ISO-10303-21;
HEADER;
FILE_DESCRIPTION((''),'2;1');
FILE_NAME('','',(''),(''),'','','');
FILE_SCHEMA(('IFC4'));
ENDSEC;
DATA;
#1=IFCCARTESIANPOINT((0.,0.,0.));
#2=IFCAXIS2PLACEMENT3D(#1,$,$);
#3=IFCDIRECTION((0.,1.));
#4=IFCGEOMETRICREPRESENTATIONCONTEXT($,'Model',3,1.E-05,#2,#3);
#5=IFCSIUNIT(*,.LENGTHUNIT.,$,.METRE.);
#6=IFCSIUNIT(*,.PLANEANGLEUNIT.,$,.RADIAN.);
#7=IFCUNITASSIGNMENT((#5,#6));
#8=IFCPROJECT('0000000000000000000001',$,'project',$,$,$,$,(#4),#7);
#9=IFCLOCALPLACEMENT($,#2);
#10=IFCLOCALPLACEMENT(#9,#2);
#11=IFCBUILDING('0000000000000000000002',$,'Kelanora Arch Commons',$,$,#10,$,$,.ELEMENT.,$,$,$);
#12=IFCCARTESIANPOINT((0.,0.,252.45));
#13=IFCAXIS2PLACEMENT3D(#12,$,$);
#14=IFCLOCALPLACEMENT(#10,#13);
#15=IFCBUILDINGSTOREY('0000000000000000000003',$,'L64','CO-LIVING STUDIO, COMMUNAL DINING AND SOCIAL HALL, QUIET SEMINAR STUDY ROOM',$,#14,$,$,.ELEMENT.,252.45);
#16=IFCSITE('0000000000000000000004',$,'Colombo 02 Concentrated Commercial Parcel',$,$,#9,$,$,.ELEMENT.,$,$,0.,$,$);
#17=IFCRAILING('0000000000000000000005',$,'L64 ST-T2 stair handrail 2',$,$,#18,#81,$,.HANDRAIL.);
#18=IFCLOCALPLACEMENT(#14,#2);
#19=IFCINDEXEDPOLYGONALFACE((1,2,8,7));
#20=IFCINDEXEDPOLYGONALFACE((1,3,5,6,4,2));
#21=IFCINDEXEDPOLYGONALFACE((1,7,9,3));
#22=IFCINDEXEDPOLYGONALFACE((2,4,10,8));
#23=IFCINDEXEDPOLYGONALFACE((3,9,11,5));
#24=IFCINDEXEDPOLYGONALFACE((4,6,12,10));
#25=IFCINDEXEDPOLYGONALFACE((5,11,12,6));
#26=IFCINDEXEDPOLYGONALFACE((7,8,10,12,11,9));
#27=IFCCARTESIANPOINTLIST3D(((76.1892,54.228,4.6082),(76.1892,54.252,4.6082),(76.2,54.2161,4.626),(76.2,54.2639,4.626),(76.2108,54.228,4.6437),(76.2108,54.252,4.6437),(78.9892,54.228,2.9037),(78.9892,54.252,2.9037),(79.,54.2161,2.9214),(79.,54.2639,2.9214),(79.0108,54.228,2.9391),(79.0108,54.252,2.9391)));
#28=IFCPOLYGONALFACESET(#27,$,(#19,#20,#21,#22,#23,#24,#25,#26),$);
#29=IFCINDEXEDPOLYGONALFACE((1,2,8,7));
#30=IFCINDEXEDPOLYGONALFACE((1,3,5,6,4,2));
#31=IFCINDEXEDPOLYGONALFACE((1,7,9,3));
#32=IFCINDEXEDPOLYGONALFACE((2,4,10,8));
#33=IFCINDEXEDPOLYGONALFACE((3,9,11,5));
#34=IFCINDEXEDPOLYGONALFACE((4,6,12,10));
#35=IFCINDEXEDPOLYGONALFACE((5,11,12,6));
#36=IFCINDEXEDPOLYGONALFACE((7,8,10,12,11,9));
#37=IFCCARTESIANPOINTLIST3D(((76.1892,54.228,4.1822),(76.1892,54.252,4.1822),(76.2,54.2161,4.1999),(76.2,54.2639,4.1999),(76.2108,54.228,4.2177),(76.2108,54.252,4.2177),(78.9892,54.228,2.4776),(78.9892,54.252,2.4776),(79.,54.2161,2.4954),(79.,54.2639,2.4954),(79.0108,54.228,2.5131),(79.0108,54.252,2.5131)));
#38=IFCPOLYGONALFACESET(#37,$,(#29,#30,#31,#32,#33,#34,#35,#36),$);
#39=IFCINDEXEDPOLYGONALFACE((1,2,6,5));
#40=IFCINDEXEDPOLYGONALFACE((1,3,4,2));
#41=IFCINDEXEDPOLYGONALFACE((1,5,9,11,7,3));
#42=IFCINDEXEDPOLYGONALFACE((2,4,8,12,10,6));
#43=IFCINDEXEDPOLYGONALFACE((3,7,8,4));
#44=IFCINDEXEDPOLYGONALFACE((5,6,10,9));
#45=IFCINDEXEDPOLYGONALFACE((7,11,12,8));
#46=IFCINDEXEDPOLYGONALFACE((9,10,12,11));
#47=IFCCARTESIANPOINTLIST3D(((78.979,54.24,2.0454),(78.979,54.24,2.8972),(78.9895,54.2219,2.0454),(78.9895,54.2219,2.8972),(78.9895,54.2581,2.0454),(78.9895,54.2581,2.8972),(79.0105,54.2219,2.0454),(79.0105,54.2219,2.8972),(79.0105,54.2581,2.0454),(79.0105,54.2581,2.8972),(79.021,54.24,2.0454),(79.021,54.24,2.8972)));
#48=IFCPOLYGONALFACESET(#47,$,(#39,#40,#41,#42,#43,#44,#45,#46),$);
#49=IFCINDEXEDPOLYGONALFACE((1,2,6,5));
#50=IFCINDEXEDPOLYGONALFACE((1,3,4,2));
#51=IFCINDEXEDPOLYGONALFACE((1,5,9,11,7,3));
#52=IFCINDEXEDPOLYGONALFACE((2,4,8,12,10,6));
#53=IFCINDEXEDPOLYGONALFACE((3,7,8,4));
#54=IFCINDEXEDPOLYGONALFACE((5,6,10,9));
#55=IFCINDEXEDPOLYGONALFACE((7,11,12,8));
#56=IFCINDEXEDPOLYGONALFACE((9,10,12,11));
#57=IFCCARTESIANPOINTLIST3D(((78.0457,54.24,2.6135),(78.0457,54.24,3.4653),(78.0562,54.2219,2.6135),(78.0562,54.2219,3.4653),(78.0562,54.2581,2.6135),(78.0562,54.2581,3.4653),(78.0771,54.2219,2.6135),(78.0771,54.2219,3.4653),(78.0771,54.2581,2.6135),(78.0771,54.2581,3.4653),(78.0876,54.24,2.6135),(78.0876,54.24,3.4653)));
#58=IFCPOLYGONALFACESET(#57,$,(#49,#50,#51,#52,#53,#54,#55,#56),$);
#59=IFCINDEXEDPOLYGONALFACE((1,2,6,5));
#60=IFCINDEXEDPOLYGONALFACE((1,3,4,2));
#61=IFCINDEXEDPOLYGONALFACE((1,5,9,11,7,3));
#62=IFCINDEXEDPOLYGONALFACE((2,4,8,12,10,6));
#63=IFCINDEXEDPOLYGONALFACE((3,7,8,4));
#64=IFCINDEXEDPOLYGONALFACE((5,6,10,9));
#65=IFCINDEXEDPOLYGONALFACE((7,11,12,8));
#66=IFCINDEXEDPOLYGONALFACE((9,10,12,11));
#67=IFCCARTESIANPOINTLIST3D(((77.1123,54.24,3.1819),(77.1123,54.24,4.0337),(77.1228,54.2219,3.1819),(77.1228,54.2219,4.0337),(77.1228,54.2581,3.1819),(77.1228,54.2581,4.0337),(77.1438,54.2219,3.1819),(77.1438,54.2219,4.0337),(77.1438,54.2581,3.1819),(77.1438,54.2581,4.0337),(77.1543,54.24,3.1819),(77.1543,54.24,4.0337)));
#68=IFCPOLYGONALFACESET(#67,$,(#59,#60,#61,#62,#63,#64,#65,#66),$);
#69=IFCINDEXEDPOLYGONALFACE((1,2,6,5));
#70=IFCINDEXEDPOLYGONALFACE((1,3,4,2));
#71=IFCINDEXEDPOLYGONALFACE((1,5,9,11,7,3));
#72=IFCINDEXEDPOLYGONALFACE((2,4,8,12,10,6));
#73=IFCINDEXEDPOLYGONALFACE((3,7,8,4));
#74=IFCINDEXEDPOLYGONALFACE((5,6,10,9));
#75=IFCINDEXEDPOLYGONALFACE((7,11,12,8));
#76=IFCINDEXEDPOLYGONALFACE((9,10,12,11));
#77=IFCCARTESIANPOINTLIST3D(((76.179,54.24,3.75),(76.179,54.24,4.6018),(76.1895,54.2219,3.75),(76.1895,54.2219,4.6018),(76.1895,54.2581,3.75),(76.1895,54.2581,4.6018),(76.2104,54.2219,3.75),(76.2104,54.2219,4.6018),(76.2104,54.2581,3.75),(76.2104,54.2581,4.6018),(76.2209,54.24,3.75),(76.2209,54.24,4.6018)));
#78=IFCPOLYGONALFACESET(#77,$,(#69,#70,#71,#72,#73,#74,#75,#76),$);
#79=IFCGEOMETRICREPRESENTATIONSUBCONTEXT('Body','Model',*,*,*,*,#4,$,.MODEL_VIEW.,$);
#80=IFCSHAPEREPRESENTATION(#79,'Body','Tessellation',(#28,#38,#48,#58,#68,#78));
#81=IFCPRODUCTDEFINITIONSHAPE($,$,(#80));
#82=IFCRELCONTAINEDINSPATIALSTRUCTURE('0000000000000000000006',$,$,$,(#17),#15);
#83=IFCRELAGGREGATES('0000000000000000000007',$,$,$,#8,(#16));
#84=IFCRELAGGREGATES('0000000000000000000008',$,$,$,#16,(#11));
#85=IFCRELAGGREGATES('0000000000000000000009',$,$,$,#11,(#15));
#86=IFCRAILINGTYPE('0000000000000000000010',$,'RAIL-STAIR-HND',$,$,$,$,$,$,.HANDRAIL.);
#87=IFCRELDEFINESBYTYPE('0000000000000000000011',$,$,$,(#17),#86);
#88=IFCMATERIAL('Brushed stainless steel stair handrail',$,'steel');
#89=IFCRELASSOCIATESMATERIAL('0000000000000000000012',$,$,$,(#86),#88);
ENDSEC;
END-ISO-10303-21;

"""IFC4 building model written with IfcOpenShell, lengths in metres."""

from ifc_helpers import new_model, si_unit, direction, frame, origin, place, context, subcontext, project, spatial, polyline, outline, extrude, material, type_object, element, save


model = new_model("IFC4")

# Units and contexts
model_context = context("Model", 3, precision=1e-05, world=origin(), true_north=direction((0.0, 1.0)))
body_context = subcontext(model_context, "Body", "Model", "MODEL_VIEW")
ifc_project = project(units=[si_unit("LENGTHUNIT", "METRE"), si_unit("PLANEANGLEUNIT", "RADIAN")], contexts=[model_context])

# Site, building, storey
site_placement = place(None, origin())
site = spatial("IfcSite", under=ifc_project, at=site_placement, Name="Colombo 02 Concentrated Commercial Parcel", CompositionType="ELEMENT", RefElevation=0.0)
building_placement = place(site_placement, origin())
building = spatial("IfcBuilding", under=site, at=building_placement, Name="Kelanora Arch Commons", CompositionType="ELEMENT")
storey_placement = place(building_placement, frame((0.0, 0.0, 252.45)))
storey = spatial("IfcBuildingStorey", under=building, at=storey_placement, Name="L64", Description="CO-LIVING STUDIO, COMMUNAL DINING AND SOCIAL HALL, QUIET SEMINAR STUDY ROOM", CompositionType="ELEMENT", Elevation=252.45)

# Railing
ifc_material_1 = material(Name="Brushed stainless steel stair handrail", Category="steel")
railing_type_1 = type_object("IfcRailingType", Name="RAIL-STAIR-HND", PredefinedType="HANDRAIL", material=ifc_material_1)
railing_1_placement = place(storey_placement, frame((79.0, 54.24, 2.0454)))
element("IfcRailing", 1, at=railing_1_placement, inside=storey, type_object=railing_type_1, Name="L64 ST-T2 stair handrail 2", PredefinedType="HANDRAIL", context=body_context, shape_type="SweptSolid", body=[
    extrude(outline(polyline([(0.0239, 0.0), (0.012, 0.0208), (-0.012, 0.0208), (-0.0239, 0.0), (-0.012, -0.0208), (0.012, -0.0208), (0.0239, 0.0)])), frame((0.0, 0.0, 0.876), z_axis=(-0.85417, 0.0, 0.519994), x_axis=(0.0, -1.0, 0.0)), (0.0, 0.0, 1.0), 3.2781),
    extrude(outline(polyline([(0.0239, 0.0), (0.012, 0.0208), (-0.012, 0.0208), (-0.0239, 0.0), (-0.012, -0.0208), (0.012, -0.0208), (0.0239, 0.0)])), frame((0.0, 0.0, 0.45), z_axis=(-0.85417, 0.0, 0.519994), x_axis=(0.0, -1.0, 0.0)), (0.0, 0.0, 1.0), 3.2781),
    extrude(outline(polyline([(0.021, 0.0), (0.0105, 0.0181), (-0.0105, 0.0181), (-0.021, 0.0), (-0.0105, -0.0181), (0.0105, -0.0181), (0.021, 0.0)])), origin(), (0.0, 0.0, 1.0), 0.8518),
    extrude(outline(polyline([(0.021, 0.0), (0.0105, 0.0181), (-0.0105, 0.0181), (-0.021, 0.0), (-0.0105, -0.0181), (0.0105, -0.0181), (0.021, 0.0)])), frame((-0.9333, 0.0, 0.5681)), (0.0, 0.0, 1.0), 0.8518),
    extrude(outline(polyline([(0.021, 0.0), (0.0105, 0.0181), (-0.0105, 0.0181), (-0.021, 0.0), (-0.0105, -0.0181), (0.0105, -0.0181), (0.021, 0.0)])), frame((-1.8667, 0.0, 1.1365)), (0.0, 0.0, 1.0), 0.8518),
    extrude(outline(polyline([(0.021, 0.0), (0.0105, 0.0181), (-0.0105, 0.0181), (-0.021, 0.0), (-0.0105, -0.0181), (0.0105, -0.0181), (0.021, 0.0)])), frame((-2.8, 0.0, 1.7046)), (0.0, 0.0, 1.0), 0.8518),
])

save(model, "model.ifc")
